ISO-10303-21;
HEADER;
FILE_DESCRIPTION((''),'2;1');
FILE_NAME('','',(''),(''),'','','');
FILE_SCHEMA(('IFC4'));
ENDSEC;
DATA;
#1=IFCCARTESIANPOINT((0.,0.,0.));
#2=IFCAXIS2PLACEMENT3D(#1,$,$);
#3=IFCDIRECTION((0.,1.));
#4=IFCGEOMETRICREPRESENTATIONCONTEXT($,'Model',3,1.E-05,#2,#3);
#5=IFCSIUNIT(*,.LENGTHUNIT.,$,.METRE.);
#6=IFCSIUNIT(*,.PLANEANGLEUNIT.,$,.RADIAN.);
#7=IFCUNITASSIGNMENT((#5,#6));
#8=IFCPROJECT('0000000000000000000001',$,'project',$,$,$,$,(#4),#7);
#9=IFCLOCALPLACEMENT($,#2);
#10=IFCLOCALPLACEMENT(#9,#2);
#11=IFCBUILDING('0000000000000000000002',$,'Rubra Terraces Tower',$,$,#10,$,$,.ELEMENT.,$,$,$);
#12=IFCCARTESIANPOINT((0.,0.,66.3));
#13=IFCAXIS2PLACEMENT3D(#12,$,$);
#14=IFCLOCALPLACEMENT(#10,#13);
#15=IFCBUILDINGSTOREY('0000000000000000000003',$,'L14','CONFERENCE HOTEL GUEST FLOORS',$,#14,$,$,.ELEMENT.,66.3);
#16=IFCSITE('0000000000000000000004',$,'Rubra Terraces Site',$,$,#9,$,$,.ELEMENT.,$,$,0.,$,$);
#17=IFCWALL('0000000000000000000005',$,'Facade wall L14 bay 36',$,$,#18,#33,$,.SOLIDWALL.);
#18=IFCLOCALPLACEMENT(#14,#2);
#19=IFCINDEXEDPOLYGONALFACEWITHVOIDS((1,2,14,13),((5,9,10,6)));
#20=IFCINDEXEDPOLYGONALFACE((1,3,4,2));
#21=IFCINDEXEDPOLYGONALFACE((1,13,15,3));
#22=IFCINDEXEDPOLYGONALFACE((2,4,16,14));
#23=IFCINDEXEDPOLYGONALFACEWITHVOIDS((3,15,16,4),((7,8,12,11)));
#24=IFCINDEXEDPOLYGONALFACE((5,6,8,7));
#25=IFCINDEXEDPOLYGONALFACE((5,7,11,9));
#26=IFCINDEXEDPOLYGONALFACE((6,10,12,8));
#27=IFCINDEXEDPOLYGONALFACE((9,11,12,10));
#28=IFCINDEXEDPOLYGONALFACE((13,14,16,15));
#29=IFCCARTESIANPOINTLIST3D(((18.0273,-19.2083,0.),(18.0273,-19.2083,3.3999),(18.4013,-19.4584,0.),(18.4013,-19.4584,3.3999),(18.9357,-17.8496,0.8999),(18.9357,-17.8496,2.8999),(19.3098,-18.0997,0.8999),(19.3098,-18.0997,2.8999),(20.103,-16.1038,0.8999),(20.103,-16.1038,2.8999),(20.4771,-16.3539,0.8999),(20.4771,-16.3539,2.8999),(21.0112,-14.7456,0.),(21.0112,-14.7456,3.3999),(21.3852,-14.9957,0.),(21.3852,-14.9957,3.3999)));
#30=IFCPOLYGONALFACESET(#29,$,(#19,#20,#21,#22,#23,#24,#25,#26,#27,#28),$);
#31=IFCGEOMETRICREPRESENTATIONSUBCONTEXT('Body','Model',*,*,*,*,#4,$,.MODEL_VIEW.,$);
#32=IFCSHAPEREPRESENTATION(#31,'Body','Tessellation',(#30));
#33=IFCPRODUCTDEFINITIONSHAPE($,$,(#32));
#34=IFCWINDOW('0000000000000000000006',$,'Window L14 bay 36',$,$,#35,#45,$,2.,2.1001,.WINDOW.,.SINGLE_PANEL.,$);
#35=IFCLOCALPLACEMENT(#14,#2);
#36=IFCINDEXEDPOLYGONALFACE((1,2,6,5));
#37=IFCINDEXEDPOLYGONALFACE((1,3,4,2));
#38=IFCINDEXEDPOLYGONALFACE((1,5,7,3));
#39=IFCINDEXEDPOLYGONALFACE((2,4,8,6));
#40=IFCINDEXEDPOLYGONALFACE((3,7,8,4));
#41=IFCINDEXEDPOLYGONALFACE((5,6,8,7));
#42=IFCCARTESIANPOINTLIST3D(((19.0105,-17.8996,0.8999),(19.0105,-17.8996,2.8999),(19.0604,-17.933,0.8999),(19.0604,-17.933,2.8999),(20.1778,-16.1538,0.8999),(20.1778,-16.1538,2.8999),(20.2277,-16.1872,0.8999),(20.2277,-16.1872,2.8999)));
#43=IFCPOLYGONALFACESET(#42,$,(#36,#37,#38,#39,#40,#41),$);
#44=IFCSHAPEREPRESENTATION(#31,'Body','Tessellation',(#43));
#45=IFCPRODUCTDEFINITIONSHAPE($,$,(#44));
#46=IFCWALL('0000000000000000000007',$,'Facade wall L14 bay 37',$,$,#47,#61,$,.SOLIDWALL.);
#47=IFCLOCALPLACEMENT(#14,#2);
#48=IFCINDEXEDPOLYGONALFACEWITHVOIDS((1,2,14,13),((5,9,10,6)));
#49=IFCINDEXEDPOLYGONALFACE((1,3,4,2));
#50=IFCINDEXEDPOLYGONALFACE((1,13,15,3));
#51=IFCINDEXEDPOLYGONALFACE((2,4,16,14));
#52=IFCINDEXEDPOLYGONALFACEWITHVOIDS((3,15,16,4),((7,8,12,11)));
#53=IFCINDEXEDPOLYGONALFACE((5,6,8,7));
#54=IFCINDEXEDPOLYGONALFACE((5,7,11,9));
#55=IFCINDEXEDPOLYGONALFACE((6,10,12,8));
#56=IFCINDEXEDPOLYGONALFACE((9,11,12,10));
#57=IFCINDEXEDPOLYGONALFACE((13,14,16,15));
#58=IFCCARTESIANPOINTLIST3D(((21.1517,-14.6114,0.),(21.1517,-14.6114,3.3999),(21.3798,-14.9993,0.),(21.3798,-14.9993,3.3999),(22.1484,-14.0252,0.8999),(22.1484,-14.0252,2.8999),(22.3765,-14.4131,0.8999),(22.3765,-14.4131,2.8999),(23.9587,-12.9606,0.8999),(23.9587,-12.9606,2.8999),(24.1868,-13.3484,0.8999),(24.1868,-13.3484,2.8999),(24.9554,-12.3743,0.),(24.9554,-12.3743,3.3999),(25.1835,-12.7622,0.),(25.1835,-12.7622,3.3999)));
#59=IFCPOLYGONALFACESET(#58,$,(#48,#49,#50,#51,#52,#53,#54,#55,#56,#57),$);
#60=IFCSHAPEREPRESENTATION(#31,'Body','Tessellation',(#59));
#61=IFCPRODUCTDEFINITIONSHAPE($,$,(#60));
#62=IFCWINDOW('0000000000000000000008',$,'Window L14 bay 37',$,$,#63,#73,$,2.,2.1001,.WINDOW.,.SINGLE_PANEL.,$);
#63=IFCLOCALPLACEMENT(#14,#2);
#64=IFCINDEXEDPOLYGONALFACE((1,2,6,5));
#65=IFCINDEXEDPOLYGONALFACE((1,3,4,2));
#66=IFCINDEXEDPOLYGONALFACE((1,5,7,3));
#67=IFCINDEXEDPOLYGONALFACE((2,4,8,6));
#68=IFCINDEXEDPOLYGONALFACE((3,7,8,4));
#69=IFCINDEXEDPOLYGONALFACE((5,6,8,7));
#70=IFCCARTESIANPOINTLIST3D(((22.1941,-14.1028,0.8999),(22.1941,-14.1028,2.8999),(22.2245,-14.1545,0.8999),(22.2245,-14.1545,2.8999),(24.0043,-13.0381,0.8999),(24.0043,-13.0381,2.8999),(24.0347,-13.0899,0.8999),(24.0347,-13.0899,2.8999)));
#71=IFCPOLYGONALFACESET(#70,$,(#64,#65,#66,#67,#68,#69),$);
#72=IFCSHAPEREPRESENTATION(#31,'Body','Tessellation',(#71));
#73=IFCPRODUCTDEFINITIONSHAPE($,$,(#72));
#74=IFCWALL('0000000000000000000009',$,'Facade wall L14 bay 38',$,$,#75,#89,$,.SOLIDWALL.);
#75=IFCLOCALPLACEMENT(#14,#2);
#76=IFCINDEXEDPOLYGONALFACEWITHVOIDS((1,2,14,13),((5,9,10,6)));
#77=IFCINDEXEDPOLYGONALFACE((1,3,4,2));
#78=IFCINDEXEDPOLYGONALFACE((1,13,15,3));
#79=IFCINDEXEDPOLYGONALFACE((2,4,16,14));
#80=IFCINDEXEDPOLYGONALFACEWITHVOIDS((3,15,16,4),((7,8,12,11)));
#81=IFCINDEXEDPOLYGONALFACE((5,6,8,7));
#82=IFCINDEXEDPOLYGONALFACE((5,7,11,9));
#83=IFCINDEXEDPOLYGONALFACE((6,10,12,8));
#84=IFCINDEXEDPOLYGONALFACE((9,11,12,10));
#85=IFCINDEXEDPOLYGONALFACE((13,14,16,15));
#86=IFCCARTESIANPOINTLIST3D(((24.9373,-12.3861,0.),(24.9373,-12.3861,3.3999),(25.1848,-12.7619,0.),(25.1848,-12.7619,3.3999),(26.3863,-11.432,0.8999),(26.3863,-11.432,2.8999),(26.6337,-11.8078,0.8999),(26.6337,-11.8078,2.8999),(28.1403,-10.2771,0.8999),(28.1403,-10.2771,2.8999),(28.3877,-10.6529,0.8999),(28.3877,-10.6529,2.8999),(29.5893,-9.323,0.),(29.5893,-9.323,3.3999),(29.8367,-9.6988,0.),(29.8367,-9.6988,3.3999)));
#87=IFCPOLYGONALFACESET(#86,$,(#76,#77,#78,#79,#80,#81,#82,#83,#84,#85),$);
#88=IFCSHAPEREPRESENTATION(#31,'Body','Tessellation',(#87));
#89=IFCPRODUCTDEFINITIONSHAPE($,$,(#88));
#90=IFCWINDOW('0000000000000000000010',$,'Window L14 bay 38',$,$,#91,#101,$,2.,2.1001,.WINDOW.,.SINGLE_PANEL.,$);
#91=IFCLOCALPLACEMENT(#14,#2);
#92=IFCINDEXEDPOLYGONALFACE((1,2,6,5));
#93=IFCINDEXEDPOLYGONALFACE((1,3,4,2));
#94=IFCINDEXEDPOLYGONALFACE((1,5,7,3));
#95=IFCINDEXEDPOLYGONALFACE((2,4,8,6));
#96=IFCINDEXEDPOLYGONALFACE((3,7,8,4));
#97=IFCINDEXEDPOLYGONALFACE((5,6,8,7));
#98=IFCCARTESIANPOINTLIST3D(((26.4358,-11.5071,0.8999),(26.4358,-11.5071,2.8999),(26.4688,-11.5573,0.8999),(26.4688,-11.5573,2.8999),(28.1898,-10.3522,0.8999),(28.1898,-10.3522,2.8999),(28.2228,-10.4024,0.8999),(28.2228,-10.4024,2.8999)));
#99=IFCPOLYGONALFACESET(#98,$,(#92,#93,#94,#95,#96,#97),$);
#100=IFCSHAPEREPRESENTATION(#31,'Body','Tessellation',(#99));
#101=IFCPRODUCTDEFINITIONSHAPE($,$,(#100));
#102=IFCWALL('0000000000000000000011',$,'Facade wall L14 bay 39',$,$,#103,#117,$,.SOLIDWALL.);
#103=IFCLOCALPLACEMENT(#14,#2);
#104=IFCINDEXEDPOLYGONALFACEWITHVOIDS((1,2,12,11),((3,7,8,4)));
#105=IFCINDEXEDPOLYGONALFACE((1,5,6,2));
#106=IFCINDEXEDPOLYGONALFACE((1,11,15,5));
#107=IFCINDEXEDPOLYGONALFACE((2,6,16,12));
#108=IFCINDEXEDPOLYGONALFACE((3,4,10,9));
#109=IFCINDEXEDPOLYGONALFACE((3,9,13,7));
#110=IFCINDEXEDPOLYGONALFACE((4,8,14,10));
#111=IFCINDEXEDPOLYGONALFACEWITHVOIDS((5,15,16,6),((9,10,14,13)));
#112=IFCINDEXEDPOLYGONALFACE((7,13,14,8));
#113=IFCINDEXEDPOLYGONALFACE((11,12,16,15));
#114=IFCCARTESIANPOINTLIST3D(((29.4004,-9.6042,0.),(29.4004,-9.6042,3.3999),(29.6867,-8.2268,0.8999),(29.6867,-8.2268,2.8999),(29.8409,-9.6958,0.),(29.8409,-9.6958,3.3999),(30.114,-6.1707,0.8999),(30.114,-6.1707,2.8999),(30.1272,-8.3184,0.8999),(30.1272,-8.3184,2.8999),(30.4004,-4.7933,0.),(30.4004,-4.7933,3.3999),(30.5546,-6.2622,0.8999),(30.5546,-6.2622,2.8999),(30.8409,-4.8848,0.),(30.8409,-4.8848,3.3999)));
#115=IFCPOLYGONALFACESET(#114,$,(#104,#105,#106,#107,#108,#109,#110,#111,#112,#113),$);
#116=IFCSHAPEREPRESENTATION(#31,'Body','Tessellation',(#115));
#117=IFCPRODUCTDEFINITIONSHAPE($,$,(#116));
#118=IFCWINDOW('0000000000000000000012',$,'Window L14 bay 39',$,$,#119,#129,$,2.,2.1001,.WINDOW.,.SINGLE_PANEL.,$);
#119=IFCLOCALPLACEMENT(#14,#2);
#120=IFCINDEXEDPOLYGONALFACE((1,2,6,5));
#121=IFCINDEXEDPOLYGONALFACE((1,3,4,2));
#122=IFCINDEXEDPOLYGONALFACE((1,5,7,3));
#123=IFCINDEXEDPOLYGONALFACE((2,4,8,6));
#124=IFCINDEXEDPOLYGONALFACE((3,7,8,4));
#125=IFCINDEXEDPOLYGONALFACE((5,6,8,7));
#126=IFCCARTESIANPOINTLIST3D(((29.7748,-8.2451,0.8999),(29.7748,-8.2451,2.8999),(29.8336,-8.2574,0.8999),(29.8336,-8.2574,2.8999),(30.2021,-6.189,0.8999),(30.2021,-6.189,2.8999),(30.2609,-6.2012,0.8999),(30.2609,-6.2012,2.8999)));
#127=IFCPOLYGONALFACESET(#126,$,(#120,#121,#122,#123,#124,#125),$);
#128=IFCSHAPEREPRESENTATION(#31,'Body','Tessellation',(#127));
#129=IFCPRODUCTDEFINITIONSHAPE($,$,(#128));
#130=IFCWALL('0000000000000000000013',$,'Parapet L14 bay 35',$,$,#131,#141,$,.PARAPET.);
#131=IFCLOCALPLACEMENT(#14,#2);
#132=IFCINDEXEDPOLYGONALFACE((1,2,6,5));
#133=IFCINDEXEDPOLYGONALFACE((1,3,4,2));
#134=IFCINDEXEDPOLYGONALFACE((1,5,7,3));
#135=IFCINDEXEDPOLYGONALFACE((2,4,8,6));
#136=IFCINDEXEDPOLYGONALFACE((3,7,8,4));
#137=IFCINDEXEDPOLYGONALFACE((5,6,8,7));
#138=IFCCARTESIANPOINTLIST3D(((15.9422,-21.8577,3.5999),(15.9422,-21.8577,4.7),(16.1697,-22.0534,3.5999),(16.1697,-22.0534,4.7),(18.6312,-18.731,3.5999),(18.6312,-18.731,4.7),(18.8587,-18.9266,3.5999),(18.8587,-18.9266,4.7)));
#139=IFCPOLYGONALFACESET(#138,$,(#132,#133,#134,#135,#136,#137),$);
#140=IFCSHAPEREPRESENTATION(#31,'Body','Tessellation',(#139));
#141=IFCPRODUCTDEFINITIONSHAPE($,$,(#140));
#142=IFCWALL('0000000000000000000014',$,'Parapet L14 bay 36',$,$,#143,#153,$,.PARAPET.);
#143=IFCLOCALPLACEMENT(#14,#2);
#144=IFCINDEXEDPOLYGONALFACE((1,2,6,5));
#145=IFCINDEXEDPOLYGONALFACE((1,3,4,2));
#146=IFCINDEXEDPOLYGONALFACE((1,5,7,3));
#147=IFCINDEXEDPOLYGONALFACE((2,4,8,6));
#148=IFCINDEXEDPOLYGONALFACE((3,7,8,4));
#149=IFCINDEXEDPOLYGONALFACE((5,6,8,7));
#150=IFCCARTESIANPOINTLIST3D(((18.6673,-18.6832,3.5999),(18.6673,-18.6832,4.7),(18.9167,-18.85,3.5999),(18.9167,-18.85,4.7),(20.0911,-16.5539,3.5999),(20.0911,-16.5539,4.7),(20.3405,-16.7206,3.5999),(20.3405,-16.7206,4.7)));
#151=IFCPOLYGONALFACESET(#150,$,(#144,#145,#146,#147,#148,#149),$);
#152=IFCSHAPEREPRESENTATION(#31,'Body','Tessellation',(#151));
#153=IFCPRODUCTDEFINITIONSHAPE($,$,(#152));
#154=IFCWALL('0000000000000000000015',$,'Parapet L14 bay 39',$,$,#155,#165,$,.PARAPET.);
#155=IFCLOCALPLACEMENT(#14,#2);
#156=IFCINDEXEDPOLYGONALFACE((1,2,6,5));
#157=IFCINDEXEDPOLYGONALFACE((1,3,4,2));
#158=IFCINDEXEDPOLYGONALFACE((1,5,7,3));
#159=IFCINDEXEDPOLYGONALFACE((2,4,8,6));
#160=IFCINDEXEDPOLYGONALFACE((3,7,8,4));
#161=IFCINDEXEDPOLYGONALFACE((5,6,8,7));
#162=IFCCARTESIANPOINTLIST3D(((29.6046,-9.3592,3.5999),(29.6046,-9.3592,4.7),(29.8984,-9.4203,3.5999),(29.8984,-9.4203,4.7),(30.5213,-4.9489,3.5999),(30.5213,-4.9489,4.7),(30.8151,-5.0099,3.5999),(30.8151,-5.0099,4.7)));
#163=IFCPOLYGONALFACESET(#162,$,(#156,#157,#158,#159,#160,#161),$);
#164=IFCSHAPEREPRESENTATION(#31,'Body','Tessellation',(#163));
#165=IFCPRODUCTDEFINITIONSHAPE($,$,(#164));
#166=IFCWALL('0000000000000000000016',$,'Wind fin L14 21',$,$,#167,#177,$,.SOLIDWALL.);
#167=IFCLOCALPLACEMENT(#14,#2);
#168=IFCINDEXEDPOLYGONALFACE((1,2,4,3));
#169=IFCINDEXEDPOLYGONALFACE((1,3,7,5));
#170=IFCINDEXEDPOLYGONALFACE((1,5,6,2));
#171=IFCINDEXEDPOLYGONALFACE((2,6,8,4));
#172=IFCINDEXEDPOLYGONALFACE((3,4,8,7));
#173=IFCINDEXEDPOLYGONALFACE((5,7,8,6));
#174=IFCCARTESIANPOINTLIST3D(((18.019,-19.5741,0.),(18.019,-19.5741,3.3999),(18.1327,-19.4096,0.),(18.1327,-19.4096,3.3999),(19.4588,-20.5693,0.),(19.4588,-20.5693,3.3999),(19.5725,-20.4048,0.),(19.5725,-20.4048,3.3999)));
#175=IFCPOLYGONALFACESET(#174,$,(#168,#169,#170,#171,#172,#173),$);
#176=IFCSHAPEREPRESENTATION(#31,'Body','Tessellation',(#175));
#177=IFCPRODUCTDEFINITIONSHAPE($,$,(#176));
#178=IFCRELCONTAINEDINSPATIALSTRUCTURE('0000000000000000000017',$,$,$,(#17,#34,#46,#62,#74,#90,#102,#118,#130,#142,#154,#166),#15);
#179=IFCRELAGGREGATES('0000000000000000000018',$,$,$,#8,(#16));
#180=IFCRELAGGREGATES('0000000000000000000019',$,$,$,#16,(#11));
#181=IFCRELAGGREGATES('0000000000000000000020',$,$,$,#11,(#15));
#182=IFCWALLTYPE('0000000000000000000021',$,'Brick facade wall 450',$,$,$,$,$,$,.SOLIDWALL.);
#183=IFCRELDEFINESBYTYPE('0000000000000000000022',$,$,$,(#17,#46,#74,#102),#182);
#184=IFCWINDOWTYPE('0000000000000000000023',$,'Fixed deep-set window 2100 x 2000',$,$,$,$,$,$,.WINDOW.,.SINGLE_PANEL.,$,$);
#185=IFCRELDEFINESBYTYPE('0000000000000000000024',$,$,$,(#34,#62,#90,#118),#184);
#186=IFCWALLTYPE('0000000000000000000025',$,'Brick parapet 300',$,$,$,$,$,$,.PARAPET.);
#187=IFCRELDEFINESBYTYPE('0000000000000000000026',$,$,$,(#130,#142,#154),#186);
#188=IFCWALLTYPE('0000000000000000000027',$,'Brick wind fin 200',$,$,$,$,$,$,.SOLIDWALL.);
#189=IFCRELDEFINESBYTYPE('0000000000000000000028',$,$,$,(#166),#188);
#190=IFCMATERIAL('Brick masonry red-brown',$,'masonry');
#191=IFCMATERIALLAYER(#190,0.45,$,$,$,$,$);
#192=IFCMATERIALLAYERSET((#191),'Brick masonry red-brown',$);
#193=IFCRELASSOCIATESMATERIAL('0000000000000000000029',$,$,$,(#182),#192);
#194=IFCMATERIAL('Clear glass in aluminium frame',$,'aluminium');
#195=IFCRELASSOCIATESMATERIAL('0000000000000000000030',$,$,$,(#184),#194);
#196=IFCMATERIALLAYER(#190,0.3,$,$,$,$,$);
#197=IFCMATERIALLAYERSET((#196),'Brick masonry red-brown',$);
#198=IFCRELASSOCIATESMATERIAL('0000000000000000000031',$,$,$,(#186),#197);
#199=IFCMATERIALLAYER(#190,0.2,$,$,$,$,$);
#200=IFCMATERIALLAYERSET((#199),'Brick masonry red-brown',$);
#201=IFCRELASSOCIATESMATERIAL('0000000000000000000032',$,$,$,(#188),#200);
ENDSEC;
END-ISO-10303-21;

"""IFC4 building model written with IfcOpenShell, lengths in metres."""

from ifc_helpers import new_model, si_unit, direction, frame, frame_2d, origin, place, context, subcontext, project, spatial, rectangle, extrude, material, layer, layer_set, type_object, element, fill, save


model = new_model("IFC4")

# Units and contexts
model_context = context("Model", 3, precision=1e-05, world=origin(), true_north=direction((0.0, 1.0)))
body_context = subcontext(model_context, "Body", "Model", "MODEL_VIEW")
ifc_project = project(units=[si_unit("LENGTHUNIT", "METRE"), si_unit("PLANEANGLEUNIT", "RADIAN")], contexts=[model_context])

# Site, building, storey
site_placement = place(None, origin())
site = spatial("IfcSite", under=ifc_project, at=site_placement, Name="Rubra Terraces Site", CompositionType="ELEMENT", RefElevation=0.0)
building_placement = place(site_placement, origin())
building = spatial("IfcBuilding", under=site, at=building_placement, Name="Rubra Terraces Tower", CompositionType="ELEMENT")
storey_placement = place(building_placement, frame((0.0, 0.0, 66.3)))
storey = spatial("IfcBuildingStorey", under=building, at=storey_placement, Name="L14", Description="CONFERENCE HOTEL GUEST FLOORS", CompositionType="ELEMENT", Elevation=66.3)

# Walls, openings, windows
ifc_material_1 = material(Name="Brick masonry red-brown", Category="masonry")
ifc_layer_1 = layer(ifc_material_1, 0.45)
ifc_layer_set_1 = layer_set([ifc_layer_1], Name="Brick masonry red-brown")
wall_type_1 = type_object("IfcWallType", Name="Brick facade wall 450", PredefinedType="SOLIDWALL", material=ifc_layer_set_1)
wall_1_placement = place(storey_placement, frame((18.2144, -19.3333, 0.0), z_axis=(0.0, 0.0, 1.0), x_axis=(0.555833, 0.831294, 0.0)))
wall_1 = element("IfcWall", 1, at=wall_1_placement, inside=storey, type_object=wall_type_1, Name="Facade wall L14 bay 36", PredefinedType="SOLIDWALL", context=body_context, shape_type="SweptSolid", body=[
    extrude(rectangle(XDim=5.3684, YDim=0.45, at=frame_2d((2.6841, 0.0))), origin(), (0.0, 0.0, 1.0), 3.3999),
])
opening_1_placement = place(wall_1_placement, frame((1.6343, 0.0, 0.8999)))
opening_1 = element("IfcOpeningElement", 2, at=opening_1_placement, cuts=wall_1, PredefinedType="OPENING", context=body_context, shape_type="SweptSolid", body=[
    extrude(rectangle(XDim=2.1001, YDim=2.0, at=frame_2d((1.05, 1.0))), frame((0.0, 0.2349, 0.0), z_axis=(0.0, -1.0, 0.0), x_axis=(1.0, 0.0, 0.0)), (0.0, 0.0, 1.0), 0.47),
])
ifc_material_2 = material(Name="Clear glass in aluminium frame", Category="aluminium")
window_type = type_object("IfcWindowType", Name="Fixed deep-set window 2100 x 2000", PartitioningType="SINGLE_PANEL", PredefinedType="WINDOW", material=ifc_material_2)
window_1_placement = place(opening_1_placement, origin())
window_1 = element("IfcWindow", 3, at=window_1_placement, inside=storey, type_object=window_type, Name="Window L14 bay 36", OverallHeight=2.0, OverallWidth=2.1001, PartitioningType="SINGLE_PANEL", PredefinedType="WINDOW", context=body_context, shape_type="SweptSolid", body=[
    extrude(rectangle(XDim=2.1001, YDim=2.0, at=frame_2d((1.05, 1.0))), frame((0.0, 0.135, 0.0), z_axis=(0.0, -1.0, 0.0), x_axis=(1.0, 0.0, 0.0)), (0.0, 0.0, 1.0), 0.0601),
])
fill(opening_1, window_1)
wall_2_placement = place(storey_placement, frame((21.2656, -14.8054, 0.0), z_axis=(0.0, 0.0, 1.0), x_axis=(0.861975, 0.50695, 0.0)))
wall_2 = element("IfcWall", 4, at=wall_2_placement, inside=storey, type_object=wall_type_1, Name="Facade wall L14 bay 37", PredefinedType="SOLIDWALL", context=body_context, shape_type="SweptSolid", body=[
    extrude(rectangle(XDim=4.4128, YDim=0.45, at=frame_2d((2.2065, 0.0))), origin(), (0.0, 0.0, 1.0), 3.3999),
])
opening_2_placement = place(wall_2_placement, frame((1.1565, 0.0, 0.8999)))
opening_2 = element("IfcOpeningElement", 5, at=opening_2_placement, cuts=wall_2, PredefinedType="OPENING", context=body_context, shape_type="SweptSolid", body=[
    extrude(rectangle(XDim=2.1001, YDim=2.0, at=frame_2d((1.05, 1.0))), frame((0.0, 0.2349, 0.0), z_axis=(0.0, -1.0, 0.0), x_axis=(1.0, 0.0, 0.0)), (0.0, 0.0, 1.0), 0.47),
])
window_2_placement = place(opening_2_placement, origin())
window_2 = element("IfcWindow", 6, at=window_2_placement, inside=storey, type_object=window_type, Name="Window L14 bay 37", OverallHeight=2.0, OverallWidth=2.1001, PartitioningType="SINGLE_PANEL", PredefinedType="WINDOW", context=body_context, shape_type="SweptSolid", body=[
    extrude(rectangle(XDim=2.1001, YDim=2.0, at=frame_2d((1.05, 1.0))), frame((0.0, 0.135, 0.0), z_axis=(0.0, -1.0, 0.0), x_axis=(1.0, 0.0, 0.0)), (0.0, 0.0, 1.0), 0.0601),
])
fill(opening_2, window_2)
wall_3_placement = place(storey_placement, frame((25.061, -12.574, 0.0), z_axis=(0.0, 0.0, 1.0), x_axis=(0.835206, 0.549937, 0.0)))
wall_3 = element("IfcWall", 7, at=wall_3_placement, inside=storey, type_object=wall_type_1, Name="Facade wall L14 bay 38", PredefinedType="SOLIDWALL", context=body_context, shape_type="SweptSolid", body=[
    extrude(rectangle(XDim=5.5698, YDim=0.45, at=frame_2d((2.7849, 0.0))), origin(), (0.0, 0.0, 1.0), 3.3999),
])
opening_3_placement = place(wall_3_placement, frame((1.7349, 0.0, 0.8999)))
opening_3 = element("IfcOpeningElement", 8, at=opening_3_placement, cuts=wall_3, PredefinedType="OPENING", context=body_context, shape_type="SweptSolid", body=[
    extrude(rectangle(XDim=2.1001, YDim=2.0, at=frame_2d((1.05, 1.0))), frame((0.0, 0.2349, 0.0), z_axis=(0.0, -1.0, 0.0), x_axis=(1.0, 0.0, 0.0)), (0.0, 0.0, 1.0), 0.47),
])
window_3_placement = place(opening_3_placement, origin())
window_3 = element("IfcWindow", 9, at=window_3_placement, inside=storey, type_object=window_type, Name="Window L14 bay 38", OverallHeight=2.0, OverallWidth=2.1001, PartitioningType="SINGLE_PANEL", PredefinedType="WINDOW", context=body_context, shape_type="SweptSolid", body=[
    extrude(rectangle(XDim=2.1001, YDim=2.0, at=frame_2d((1.05, 1.0))), frame((0.0, 0.135, 0.0), z_axis=(0.0, -1.0, 0.0), x_axis=(1.0, 0.0, 0.0)), (0.0, 0.0, 1.0), 0.0601),
])
fill(opening_3, window_3)
wall_4_placement = place(storey_placement, frame((29.6206, -9.6501, 0.0), z_axis=(0.0, 0.0, 1.0), x_axis=(0.203506, 0.979074, 0.0)))
wall_4 = element("IfcWall", 10, at=wall_4_placement, inside=storey, type_object=wall_type_1, Name="Facade wall L14 bay 39", PredefinedType="SOLIDWALL", context=body_context, shape_type="SweptSolid", body=[
    extrude(rectangle(XDim=4.9138, YDim=0.45, at=frame_2d((2.457, 0.0))), origin(), (0.0, 0.0, 1.0), 3.3999),
])
opening_4_placement = place(wall_4_placement, frame((1.407, 0.0, 0.8999)))
opening_4 = element("IfcOpeningElement", 11, at=opening_4_placement, cuts=wall_4, PredefinedType="OPENING", context=body_context, shape_type="SweptSolid", body=[
    extrude(rectangle(XDim=2.1001, YDim=2.0, at=frame_2d((1.05, 1.0))), frame((0.0, 0.2349, 0.0), z_axis=(0.0, -1.0, 0.0), x_axis=(1.0, 0.0, 0.0)), (0.0, 0.0, 1.0), 0.47),
])
window_4_placement = place(opening_4_placement, origin())
window_4 = element("IfcWindow", 12, at=window_4_placement, inside=storey, type_object=window_type, Name="Window L14 bay 39", OverallHeight=2.0, OverallWidth=2.1001, PartitioningType="SINGLE_PANEL", PredefinedType="WINDOW", context=body_context, shape_type="SweptSolid", body=[
    extrude(rectangle(XDim=2.1001, YDim=2.0, at=frame_2d((1.05, 1.0))), frame((0.0, 0.135, 0.0), z_axis=(0.0, -1.0, 0.0), x_axis=(1.0, 0.0, 0.0)), (0.0, 0.0, 1.0), 0.0601),
])
fill(opening_4, window_4)

# Walls
ifc_layer_2 = layer(ifc_material_1, 0.3)
ifc_layer_set_2 = layer_set([ifc_layer_2], Name="Brick masonry red-brown")
wall_type_2 = type_object("IfcWallType", Name="Brick parapet 300", PredefinedType="PARAPET", material=ifc_layer_set_2)
wall_5_placement = place(storey_placement, frame((16.0559, -21.9556, 3.5999), z_axis=(0.0, 0.0, 1.0), x_axis=(0.652039, 0.758186, 0.0)))
element("IfcWall", 13, at=wall_5_placement, inside=storey, type_object=wall_type_2, Name="Parapet L14 bay 35", PredefinedType="PARAPET", context=body_context, shape_type="SweptSolid", body=[
    extrude(rectangle(XDim=4.124, YDim=0.3, at=frame_2d((2.062, 0.0))), origin(), (0.0, 0.0, 1.0), 1.1001),
])
wall_6_placement = place(storey_placement, frame((18.792, -18.7666, 3.5999), z_axis=(0.0, 0.0, 1.0), x_axis=(0.555843, 0.831287, 0.0)))
element("IfcWall", 14, at=wall_6_placement, inside=storey, type_object=wall_type_2, Name="Parapet L14 bay 36", PredefinedType="PARAPET", context=body_context, shape_type="SweptSolid", body=[
    extrude(rectangle(XDim=2.5615, YDim=0.3, at=frame_2d((1.2808, 0.0))), origin(), (0.0, 0.0, 1.0), 1.1001),
])
wall_7_placement = place(storey_placement, frame((29.7515, -9.3899, 3.5999), z_axis=(0.0, 0.0, 1.0), x_axis=(0.203511, 0.979073, 0.0)))
element("IfcWall", 15, at=wall_7_placement, inside=storey, type_object=wall_type_2, Name="Parapet L14 bay 39", PredefinedType="PARAPET", context=body_context, shape_type="SweptSolid", body=[
    extrude(rectangle(XDim=4.5046, YDim=0.3, at=frame_2d((2.2524, 0.0))), origin(), (0.0, 0.0, 1.0), 1.1001),
])
ifc_layer_3 = layer(ifc_material_1, 0.2)
ifc_layer_set_3 = layer_set([ifc_layer_3], Name="Brick masonry red-brown")
wall_type_3 = type_object("IfcWallType", Name="Brick wind fin 200", PredefinedType="SOLIDWALL", material=ifc_layer_set_3)
wall_8_placement = place(storey_placement, frame((18.0759, -19.4919, 0.0), z_axis=(0.0, 0.0, 1.0), x_axis=(0.822619, -0.568593, 0.0)))
element("IfcWall", 16, at=wall_8_placement, inside=storey, type_object=wall_type_3, Name="Wind fin L14 21", PredefinedType="SOLIDWALL", context=body_context, shape_type="SweptSolid", body=[
    extrude(rectangle(XDim=1.7502, YDim=0.2, at=frame_2d((0.875, 0.0))), origin(), (0.0, 0.0, 1.0), 3.3999),
])

save(model, "model.ifc")
